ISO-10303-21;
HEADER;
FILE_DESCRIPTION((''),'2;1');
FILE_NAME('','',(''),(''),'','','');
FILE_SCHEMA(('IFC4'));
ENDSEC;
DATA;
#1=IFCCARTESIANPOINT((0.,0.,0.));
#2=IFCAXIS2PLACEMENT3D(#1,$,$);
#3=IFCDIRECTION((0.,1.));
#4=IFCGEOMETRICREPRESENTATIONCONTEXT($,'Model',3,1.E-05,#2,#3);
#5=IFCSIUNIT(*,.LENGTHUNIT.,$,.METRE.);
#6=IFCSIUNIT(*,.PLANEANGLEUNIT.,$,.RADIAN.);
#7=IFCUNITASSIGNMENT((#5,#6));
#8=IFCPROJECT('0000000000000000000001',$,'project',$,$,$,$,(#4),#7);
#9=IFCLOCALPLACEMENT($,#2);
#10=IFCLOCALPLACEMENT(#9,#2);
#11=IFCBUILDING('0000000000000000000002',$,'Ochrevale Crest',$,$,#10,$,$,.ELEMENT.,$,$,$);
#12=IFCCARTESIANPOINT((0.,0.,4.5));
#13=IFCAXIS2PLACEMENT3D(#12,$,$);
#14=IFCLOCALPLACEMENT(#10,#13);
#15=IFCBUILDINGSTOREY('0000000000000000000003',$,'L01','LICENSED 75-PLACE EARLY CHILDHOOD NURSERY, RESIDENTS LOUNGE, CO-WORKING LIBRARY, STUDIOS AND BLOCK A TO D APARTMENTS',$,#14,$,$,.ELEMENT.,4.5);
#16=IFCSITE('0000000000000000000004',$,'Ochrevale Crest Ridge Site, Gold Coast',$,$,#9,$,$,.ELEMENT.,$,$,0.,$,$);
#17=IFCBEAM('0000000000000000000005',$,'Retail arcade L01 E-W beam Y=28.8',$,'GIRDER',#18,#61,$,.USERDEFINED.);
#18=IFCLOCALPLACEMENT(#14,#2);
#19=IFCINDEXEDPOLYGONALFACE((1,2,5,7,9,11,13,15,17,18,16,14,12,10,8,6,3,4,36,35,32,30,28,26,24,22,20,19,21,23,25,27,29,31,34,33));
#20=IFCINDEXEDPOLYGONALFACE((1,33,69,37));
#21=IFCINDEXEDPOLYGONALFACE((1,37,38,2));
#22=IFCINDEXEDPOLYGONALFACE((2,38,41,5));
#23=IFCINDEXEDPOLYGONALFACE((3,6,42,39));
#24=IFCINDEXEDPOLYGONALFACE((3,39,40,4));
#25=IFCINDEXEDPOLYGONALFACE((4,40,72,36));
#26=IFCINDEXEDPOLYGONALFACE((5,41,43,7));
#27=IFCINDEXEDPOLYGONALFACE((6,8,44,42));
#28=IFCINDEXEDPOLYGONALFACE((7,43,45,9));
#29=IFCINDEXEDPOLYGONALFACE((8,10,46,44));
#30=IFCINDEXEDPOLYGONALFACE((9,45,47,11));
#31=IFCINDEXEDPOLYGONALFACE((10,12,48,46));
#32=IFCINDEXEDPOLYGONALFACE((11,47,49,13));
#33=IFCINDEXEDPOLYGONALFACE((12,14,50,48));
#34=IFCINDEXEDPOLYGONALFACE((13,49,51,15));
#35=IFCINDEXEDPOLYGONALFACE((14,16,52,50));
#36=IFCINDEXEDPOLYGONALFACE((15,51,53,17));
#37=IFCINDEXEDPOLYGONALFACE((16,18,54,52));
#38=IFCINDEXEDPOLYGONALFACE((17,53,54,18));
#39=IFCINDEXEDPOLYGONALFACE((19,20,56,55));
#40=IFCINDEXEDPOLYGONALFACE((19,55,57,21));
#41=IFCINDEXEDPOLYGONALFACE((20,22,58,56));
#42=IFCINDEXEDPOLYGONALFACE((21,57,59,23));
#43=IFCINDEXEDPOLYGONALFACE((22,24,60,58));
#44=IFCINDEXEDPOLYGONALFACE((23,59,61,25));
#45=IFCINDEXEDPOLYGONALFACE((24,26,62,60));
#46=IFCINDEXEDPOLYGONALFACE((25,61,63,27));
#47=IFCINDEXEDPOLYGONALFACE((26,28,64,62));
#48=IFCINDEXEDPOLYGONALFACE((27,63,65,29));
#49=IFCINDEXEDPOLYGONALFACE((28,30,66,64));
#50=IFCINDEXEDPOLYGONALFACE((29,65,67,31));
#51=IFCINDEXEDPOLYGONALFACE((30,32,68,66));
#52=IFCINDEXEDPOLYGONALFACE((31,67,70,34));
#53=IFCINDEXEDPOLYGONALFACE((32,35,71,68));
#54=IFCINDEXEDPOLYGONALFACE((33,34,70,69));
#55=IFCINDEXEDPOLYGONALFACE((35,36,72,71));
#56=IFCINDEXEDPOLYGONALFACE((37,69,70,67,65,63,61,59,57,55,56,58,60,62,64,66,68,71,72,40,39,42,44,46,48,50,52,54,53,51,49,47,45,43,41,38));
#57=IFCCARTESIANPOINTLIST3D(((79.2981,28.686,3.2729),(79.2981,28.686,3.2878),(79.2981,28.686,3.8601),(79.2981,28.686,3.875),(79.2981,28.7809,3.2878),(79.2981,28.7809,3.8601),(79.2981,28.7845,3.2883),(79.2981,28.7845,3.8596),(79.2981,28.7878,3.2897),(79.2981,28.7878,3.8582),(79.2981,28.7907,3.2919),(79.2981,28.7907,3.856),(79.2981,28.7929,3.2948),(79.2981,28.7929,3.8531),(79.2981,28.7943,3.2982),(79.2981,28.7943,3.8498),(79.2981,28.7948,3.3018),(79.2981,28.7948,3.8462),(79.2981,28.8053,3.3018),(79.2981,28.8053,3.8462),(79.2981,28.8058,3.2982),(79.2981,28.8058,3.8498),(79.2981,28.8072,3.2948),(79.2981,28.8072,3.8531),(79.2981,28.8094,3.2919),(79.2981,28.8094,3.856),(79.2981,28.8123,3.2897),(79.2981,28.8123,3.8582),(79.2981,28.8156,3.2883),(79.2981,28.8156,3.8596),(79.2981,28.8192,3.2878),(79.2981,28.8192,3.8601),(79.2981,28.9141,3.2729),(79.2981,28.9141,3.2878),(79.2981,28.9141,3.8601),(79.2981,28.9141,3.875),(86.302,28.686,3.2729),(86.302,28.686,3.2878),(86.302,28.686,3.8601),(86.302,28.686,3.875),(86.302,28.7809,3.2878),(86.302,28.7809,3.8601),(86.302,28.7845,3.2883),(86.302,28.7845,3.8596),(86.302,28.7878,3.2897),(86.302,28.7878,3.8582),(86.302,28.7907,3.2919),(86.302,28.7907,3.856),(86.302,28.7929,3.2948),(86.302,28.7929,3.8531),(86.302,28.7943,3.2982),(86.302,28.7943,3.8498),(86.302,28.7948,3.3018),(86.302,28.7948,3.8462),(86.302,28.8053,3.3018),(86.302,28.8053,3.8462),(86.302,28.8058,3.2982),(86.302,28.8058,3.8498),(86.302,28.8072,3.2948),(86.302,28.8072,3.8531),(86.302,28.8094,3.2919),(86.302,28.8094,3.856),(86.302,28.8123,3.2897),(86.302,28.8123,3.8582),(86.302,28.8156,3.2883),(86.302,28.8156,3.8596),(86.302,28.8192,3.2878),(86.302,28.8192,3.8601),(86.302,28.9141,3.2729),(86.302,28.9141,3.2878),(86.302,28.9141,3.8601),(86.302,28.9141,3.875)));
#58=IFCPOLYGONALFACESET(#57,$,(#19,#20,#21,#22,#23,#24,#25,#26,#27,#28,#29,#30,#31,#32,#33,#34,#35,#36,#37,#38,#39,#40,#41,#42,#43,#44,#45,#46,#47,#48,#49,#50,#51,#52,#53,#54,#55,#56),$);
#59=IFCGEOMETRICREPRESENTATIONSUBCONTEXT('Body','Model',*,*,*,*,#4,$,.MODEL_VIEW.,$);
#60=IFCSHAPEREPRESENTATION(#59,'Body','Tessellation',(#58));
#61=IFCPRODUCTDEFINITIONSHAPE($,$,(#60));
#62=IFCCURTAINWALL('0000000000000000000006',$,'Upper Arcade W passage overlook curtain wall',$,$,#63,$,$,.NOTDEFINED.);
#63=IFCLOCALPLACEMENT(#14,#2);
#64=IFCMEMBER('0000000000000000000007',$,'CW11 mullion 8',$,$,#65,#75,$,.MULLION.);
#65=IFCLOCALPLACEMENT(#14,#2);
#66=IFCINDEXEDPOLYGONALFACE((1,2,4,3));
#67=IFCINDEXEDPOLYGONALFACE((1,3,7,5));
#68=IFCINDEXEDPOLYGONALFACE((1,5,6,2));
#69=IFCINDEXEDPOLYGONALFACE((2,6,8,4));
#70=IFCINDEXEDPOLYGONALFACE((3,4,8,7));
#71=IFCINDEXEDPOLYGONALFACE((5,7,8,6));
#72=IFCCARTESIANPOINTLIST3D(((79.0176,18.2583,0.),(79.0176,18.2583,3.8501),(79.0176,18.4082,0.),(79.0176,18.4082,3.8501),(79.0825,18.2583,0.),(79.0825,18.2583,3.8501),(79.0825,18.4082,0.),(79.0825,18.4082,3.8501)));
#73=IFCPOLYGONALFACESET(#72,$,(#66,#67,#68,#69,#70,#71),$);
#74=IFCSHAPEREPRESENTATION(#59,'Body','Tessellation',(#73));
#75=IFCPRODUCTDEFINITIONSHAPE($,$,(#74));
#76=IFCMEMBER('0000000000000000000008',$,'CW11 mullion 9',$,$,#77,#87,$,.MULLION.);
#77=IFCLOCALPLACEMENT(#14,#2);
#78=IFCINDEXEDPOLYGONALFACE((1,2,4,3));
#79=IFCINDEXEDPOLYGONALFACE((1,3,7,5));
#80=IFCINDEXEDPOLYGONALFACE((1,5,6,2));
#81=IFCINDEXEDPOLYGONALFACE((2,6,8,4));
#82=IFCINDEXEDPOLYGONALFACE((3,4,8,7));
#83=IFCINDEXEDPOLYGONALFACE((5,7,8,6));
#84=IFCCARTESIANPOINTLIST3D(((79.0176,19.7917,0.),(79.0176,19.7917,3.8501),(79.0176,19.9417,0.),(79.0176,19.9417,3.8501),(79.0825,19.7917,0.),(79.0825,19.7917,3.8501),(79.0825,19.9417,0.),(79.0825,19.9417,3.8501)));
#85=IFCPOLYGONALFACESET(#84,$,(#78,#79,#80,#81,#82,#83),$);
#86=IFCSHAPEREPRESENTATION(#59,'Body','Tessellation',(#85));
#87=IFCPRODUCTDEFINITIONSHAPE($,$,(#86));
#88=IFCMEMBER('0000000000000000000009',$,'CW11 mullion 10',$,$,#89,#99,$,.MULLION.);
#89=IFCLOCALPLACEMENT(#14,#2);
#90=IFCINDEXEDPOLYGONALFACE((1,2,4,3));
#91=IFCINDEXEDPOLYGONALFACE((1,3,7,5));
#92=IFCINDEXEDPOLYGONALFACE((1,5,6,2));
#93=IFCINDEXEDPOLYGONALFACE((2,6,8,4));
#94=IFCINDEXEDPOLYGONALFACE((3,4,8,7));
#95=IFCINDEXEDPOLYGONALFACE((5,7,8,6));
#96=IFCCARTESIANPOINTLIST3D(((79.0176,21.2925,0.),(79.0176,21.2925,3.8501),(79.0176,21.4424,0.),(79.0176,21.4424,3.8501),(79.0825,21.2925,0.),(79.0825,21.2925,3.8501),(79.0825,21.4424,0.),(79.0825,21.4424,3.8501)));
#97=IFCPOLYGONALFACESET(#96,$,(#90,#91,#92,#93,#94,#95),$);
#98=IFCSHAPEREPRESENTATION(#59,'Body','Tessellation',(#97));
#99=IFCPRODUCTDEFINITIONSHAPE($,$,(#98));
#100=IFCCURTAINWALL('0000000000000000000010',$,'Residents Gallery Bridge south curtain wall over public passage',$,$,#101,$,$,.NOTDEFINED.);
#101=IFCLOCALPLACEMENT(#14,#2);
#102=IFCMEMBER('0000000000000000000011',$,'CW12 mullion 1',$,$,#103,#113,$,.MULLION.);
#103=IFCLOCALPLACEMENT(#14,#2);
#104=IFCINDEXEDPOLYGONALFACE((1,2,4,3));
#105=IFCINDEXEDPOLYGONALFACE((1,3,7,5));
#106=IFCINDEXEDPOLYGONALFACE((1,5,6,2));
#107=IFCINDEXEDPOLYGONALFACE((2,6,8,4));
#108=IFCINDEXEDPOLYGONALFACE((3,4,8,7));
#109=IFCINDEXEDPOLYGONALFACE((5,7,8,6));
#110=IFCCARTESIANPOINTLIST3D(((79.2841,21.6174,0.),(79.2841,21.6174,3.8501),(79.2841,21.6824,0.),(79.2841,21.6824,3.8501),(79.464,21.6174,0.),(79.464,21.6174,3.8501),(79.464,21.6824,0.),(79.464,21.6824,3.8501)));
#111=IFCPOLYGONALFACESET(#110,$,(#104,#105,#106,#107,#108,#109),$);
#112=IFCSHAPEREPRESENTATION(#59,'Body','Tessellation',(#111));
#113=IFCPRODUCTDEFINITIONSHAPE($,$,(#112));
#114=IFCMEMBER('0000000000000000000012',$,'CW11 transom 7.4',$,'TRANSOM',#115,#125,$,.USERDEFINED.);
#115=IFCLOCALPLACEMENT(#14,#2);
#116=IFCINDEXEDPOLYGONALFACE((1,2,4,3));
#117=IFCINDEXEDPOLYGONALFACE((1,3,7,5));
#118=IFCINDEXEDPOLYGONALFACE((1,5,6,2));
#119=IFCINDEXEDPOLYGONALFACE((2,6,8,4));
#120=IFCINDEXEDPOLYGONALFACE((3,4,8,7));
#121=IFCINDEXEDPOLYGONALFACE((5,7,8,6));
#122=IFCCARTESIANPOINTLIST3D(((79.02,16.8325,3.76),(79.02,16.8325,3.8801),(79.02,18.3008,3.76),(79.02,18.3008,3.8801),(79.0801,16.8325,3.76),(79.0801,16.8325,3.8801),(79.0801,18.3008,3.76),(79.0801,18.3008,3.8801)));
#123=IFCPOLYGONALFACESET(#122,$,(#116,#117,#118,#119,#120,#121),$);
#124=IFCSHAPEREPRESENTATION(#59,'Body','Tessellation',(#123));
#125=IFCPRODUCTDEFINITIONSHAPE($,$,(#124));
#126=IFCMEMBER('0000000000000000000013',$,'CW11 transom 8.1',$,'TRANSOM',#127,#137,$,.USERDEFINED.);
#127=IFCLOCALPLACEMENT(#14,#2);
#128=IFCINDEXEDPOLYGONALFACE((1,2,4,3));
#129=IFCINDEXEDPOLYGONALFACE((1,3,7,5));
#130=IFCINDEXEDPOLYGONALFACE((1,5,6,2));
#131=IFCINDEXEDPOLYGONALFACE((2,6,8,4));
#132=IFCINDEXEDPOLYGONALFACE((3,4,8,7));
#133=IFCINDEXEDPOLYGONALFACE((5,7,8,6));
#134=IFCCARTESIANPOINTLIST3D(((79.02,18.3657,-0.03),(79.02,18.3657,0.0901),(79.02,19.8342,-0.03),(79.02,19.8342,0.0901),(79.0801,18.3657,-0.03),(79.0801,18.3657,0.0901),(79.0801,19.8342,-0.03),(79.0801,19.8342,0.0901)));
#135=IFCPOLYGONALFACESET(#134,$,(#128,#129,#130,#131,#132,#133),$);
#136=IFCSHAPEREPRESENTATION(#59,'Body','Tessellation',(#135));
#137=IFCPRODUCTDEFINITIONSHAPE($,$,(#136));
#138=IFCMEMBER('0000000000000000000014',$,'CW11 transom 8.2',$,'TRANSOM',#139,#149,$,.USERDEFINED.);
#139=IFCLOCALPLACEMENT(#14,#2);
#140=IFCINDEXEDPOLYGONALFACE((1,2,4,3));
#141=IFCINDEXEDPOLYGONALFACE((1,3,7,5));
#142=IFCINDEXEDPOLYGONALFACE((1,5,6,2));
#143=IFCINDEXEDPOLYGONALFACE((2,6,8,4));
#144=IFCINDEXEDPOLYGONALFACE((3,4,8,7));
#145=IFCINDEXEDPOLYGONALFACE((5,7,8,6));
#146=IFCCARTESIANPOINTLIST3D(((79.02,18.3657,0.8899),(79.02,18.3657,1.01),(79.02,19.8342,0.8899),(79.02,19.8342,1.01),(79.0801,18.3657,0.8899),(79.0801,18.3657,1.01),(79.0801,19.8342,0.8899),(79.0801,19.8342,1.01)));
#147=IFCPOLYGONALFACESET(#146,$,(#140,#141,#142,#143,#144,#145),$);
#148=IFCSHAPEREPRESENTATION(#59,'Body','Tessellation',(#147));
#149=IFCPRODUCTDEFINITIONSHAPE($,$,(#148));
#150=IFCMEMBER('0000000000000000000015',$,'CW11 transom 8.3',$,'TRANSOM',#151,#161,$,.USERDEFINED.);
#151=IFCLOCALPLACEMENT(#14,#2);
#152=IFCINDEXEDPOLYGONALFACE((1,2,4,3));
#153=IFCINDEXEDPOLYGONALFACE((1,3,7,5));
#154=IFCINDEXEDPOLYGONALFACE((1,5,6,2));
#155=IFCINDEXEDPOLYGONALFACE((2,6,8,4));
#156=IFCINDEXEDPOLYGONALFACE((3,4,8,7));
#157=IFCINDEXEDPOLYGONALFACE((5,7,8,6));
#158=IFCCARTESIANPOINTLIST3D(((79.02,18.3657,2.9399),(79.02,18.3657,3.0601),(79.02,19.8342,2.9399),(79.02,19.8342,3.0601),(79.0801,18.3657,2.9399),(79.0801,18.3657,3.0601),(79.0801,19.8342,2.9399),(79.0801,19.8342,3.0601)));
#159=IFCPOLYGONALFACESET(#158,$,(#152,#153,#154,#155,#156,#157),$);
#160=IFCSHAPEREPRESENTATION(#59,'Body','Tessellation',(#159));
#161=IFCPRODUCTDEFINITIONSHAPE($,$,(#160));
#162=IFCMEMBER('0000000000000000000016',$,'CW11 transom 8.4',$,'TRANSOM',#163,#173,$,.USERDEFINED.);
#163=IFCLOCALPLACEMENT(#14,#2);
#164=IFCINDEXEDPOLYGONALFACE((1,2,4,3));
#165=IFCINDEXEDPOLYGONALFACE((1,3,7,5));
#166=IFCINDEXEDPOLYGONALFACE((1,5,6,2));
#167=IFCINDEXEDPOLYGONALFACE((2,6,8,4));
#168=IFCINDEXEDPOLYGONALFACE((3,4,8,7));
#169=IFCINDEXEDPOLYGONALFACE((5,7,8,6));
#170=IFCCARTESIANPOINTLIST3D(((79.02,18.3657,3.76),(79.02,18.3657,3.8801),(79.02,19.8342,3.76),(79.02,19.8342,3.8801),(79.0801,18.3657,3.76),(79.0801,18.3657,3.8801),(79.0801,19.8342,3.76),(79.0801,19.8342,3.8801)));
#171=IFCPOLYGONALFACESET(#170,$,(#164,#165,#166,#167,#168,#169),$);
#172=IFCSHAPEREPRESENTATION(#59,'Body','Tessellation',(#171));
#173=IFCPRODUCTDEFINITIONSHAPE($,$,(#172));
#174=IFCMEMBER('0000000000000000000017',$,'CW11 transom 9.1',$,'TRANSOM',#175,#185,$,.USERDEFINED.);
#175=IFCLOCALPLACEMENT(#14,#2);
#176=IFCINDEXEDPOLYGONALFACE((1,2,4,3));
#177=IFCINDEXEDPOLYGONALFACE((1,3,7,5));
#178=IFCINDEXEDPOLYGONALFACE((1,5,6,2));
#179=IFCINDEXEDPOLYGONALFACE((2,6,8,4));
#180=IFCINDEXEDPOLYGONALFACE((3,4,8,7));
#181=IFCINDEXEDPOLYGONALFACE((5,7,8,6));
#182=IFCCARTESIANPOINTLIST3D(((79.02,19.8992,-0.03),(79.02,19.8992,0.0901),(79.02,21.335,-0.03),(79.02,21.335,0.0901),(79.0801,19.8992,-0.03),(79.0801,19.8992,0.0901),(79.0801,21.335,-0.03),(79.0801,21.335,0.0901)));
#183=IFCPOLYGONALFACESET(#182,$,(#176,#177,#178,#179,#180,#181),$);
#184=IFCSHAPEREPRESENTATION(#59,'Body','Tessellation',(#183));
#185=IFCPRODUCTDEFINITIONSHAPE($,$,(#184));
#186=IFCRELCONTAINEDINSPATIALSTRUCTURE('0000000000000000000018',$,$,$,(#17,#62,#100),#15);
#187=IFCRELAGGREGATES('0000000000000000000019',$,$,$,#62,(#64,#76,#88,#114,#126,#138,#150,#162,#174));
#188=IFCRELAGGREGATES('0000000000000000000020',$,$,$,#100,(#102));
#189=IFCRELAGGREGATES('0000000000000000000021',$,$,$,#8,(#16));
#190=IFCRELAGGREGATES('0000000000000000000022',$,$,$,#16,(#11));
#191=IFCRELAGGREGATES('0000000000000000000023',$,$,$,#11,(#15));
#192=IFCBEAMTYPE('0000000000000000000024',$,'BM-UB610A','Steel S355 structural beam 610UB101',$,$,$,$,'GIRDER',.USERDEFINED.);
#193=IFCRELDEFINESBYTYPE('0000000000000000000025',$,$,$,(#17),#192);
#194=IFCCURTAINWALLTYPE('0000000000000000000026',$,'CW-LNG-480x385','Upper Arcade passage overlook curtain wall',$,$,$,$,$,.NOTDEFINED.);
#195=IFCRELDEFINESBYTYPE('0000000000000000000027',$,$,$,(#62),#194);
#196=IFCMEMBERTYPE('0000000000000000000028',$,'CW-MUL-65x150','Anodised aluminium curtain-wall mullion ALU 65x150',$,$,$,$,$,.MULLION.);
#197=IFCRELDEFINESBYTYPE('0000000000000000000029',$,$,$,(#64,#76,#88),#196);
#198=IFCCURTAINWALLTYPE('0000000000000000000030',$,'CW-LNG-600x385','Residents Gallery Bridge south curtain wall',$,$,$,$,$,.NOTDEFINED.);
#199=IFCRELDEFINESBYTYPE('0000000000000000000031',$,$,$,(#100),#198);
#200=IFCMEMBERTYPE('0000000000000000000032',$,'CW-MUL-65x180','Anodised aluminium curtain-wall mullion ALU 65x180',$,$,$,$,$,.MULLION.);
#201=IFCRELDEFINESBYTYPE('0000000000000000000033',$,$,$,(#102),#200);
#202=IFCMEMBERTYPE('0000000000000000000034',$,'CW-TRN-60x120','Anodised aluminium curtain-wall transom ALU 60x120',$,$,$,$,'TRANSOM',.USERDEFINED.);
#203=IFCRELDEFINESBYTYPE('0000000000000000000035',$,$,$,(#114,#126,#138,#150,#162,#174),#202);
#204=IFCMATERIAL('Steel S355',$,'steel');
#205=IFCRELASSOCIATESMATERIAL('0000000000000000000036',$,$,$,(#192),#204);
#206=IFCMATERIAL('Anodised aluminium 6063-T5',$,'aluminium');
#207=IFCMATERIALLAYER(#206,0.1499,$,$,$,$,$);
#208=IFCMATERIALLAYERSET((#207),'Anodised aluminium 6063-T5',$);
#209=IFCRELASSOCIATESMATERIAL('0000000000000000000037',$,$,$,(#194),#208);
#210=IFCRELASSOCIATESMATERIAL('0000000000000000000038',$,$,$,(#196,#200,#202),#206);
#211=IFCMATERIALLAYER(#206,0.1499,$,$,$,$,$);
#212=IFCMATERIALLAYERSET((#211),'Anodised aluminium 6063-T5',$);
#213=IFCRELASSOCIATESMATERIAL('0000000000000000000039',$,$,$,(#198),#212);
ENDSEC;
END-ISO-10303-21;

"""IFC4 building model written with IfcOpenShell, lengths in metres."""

from ifc_helpers import new_model, si_unit, direction, frame, origin, origin_2d, place, context, subcontext, project, spatial, rectangle, i_section, extrude, material, layer, layer_set, material_profile, profile_set, type_object, element, aggregate, save


model = new_model("IFC4")

# Units and contexts
model_context = context("Model", 3, precision=1e-05, world=origin(), true_north=direction((0.0, 1.0)))
body_context = subcontext(model_context, "Body", "Model", "MODEL_VIEW")
ifc_project = project(units=[si_unit("LENGTHUNIT", "METRE"), si_unit("PLANEANGLEUNIT", "RADIAN")], contexts=[model_context])

# Site, building, storey
site_placement = place(None, origin())
site = spatial("IfcSite", under=ifc_project, at=site_placement, Name="Ochrevale Crest Ridge Site, Gold Coast", CompositionType="ELEMENT", RefElevation=0.0)
building_placement = place(site_placement, origin())
building = spatial("IfcBuilding", under=site, at=building_placement, Name="Ochrevale Crest", CompositionType="ELEMENT")
storey_placement = place(building_placement, frame((0.0, 0.0, 4.5)))
storey = spatial("IfcBuildingStorey", under=building, at=storey_placement, Name="L01", Description="LICENSED 75-PLACE EARLY CHILDHOOD NURSERY, RESIDENTS LOUNGE, CO-WORKING LIBRARY, STUDIOS AND BLOCK A TO D APARTMENTS", CompositionType="ELEMENT", Elevation=4.5)

# Shared definitions
ifc_material_1 = material(Name="Steel S355", Category="steel")

# Beam
ifc_material_profile_1 = material_profile(ifc_material_1, i_section(OverallWidth=0.228, OverallDepth=0.6021, WebThickness=0.0105, FlangeThickness=0.0149, FilletRadius=0.0139, at=origin_2d()), Name="610UB101")
ifc_profile_set_1 = profile_set([ifc_material_profile_1], Name="Steel S355")
beam_type_1 = type_object("IfcBeamType", Name="BM-UB610A", Description="Steel S355 structural beam 610UB101", ElementType="GIRDER", PredefinedType="USERDEFINED", material=ifc_profile_set_1)
for number, where, z_axis, x_axis, name in (
    (1, (79.2981, 28.8, 3.574), (1.0, 0.0, 0.0), (0.0, 1.0, 0.0), "Retail arcade L01 E-W beam Y=28.8"),
):
    element("IfcBeam", number, at=place(storey_placement, frame(where, z_axis=z_axis, x_axis=x_axis)), inside=storey, type_object=beam_type_1, Name=name, ObjectType="GIRDER", PredefinedType="USERDEFINED", context=body_context, shape_type="SweptSolid", body=[
        extrude(i_section(OverallWidth=0.228, OverallDepth=0.6021, WebThickness=0.0105, FlangeThickness=0.0149, FilletRadius=0.0139, at=origin_2d()), origin(), (0.0, 0.0, 1.0), 7.0039),
    ])

# Curtain wall, members
ifc_material_2 = material(Name="Anodised aluminium 6063-T5", Category="aluminium")
ifc_layer_1 = layer(ifc_material_2, 0.1499)
ifc_layer_set_1 = layer_set([ifc_layer_1], Name="Anodised aluminium 6063-T5")
curtain_wall_type_1 = type_object("IfcCurtainWallType", Name="CW-LNG-480x385", Description="Upper Arcade passage overlook curtain wall", PredefinedType="NOTDEFINED", material=ifc_layer_set_1)
curtain_wall_1_placement = place(storey_placement, origin())
curtain_wall_1 = element("IfcCurtainWall", 2, at=curtain_wall_1_placement, inside=storey, type_object=curtain_wall_type_1, Name="Upper Arcade W passage overlook curtain wall", PredefinedType="NOTDEFINED")
ifc_material_profile_2 = material_profile(ifc_material_2, rectangle(XDim=0.0649, YDim=0.1499, at=origin_2d()), Name="ALU 65x150")
ifc_profile_set_2 = profile_set([ifc_material_profile_2], Name="Anodised aluminium 6063-T5")
member_type_1 = type_object("IfcMemberType", Name="CW-MUL-65x150", Description="Anodised aluminium curtain-wall mullion ALU 65x150", PredefinedType="MULLION", material=ifc_profile_set_2)
member_1_placement = place(storey_placement, frame((79.05, 18.3333, 0.0), z_axis=(0.0, 0.0, 1.0), x_axis=(-1.0, 0.0, 0.0)))
member_1 = element("IfcMember", 3, at=member_1_placement, type_object=member_type_1, Name="CW11 mullion 8", PredefinedType="MULLION", context=body_context, shape_type="SweptSolid", body=[
    extrude(rectangle(XDim=0.0649, YDim=0.1499, at=origin_2d()), origin(), (0.0, 0.0, 1.0), 3.8501),
])
member_2_placement = place(storey_placement, frame((79.05, 19.8667, 0.0), z_axis=(0.0, 0.0, 1.0), x_axis=(-1.0, 0.0, 0.0)))
member_2 = element("IfcMember", 4, at=member_2_placement, type_object=member_type_1, Name="CW11 mullion 9", PredefinedType="MULLION", context=body_context, shape_type="SweptSolid", body=[
    extrude(rectangle(XDim=0.0649, YDim=0.1499, at=origin_2d()), origin(), (0.0, 0.0, 1.0), 3.8501),
])
member_3_placement = place(storey_placement, frame((79.05, 21.3674, 0.0), z_axis=(0.0, 0.0, 1.0), x_axis=(-1.0, 0.0, 0.0)))
member_3 = element("IfcMember", 5, at=member_3_placement, type_object=member_type_1, Name="CW11 mullion 10", PredefinedType="MULLION", context=body_context, shape_type="SweptSolid", body=[
    extrude(rectangle(XDim=0.0649, YDim=0.1499, at=origin_2d()), origin(), (0.0, 0.0, 1.0), 3.8501),
])

# Curtain wall, member
ifc_layer_2 = layer(ifc_material_2, 0.1499)
ifc_layer_set_2 = layer_set([ifc_layer_2], Name="Anodised aluminium 6063-T5")
curtain_wall_type_2 = type_object("IfcCurtainWallType", Name="CW-LNG-600x385", Description="Residents Gallery Bridge south curtain wall", PredefinedType="NOTDEFINED", material=ifc_layer_set_2)
curtain_wall_2_placement = place(storey_placement, origin())
curtain_wall_2 = element("IfcCurtainWall", 6, at=curtain_wall_2_placement, inside=storey, type_object=curtain_wall_type_2, Name="Residents Gallery Bridge south curtain wall over public passage", PredefinedType="NOTDEFINED")
ifc_material_profile_3 = material_profile(ifc_material_2, rectangle(XDim=0.0649, YDim=0.1799, at=origin_2d()), Name="ALU 65x180")
ifc_profile_set_3 = profile_set([ifc_material_profile_3], Name="Anodised aluminium 6063-T5")
member_type_2 = type_object("IfcMemberType", Name="CW-MUL-65x180", Description="Anodised aluminium curtain-wall mullion ALU 65x180", PredefinedType="MULLION", material=ifc_profile_set_3)
member_4_placement = place(storey_placement, frame((79.374, 21.6499, 0.0), z_axis=(0.0, 0.0, 1.0), x_axis=(0.0, 1.0, 0.0)))
member_4 = element("IfcMember", 7, at=member_4_placement, type_object=member_type_2, Name="CW12 mullion 1", PredefinedType="MULLION", context=body_context, shape_type="SweptSolid", body=[
    extrude(rectangle(XDim=0.0649, YDim=0.1799, at=origin_2d()), origin(), (0.0, 0.0, 1.0), 3.8501),
])

# Members
ifc_material_profile_4 = material_profile(ifc_material_2, rectangle(XDim=0.0601, YDim=0.1201, at=origin_2d()), Name="ALU 60x120")
ifc_profile_set_4 = profile_set([ifc_material_profile_4], Name="Anodised aluminium 6063-T5")
member_type_3 = type_object("IfcMemberType", Name="CW-TRN-60x120", Description="Anodised aluminium curtain-wall transom ALU 60x120", ElementType="TRANSOM", PredefinedType="USERDEFINED", material=ifc_profile_set_4)
member_5_placement = place(storey_placement, frame((79.05, 16.8325, 3.8201), z_axis=(0.0, 1.0, 0.0), x_axis=(-1.0, 0.0, 0.0)))
member_5 = element("IfcMember", 8, at=member_5_placement, type_object=member_type_3, Name="CW11 transom 7.4", ObjectType="TRANSOM", PredefinedType="USERDEFINED", context=body_context, shape_type="SweptSolid", body=[
    extrude(rectangle(XDim=0.0601, YDim=0.1201, at=origin_2d()), origin(), (0.0, 0.0, 1.0), 1.4683),
])
member_6_placement = place(storey_placement, frame((79.05, 18.3657, 0.03), z_axis=(0.0, 1.0, 0.0), x_axis=(-1.0, 0.0, 0.0)))
member_6 = element("IfcMember", 9, at=member_6_placement, type_object=member_type_3, Name="CW11 transom 8.1", ObjectType="TRANSOM", PredefinedType="USERDEFINED", context=body_context, shape_type="SweptSolid", body=[
    extrude(rectangle(XDim=0.0601, YDim=0.1201, at=origin_2d()), origin(), (0.0, 0.0, 1.0), 1.4685),
])
member_7_placement = place(storey_placement, frame((79.05, 18.3657, 0.95), z_axis=(0.0, 1.0, 0.0), x_axis=(-1.0, 0.0, 0.0)))
member_7 = element("IfcMember", 10, at=member_7_placement, type_object=member_type_3, Name="CW11 transom 8.2", ObjectType="TRANSOM", PredefinedType="USERDEFINED", context=body_context, shape_type="SweptSolid", body=[
    extrude(rectangle(XDim=0.0601, YDim=0.1201, at=origin_2d()), origin(), (0.0, 0.0, 1.0), 1.4685),
])
member_8_placement = place(storey_placement, frame((79.05, 18.3657, 3.0), z_axis=(0.0, 1.0, 0.0), x_axis=(-1.0, 0.0, 0.0)))
member_8 = element("IfcMember", 11, at=member_8_placement, type_object=member_type_3, Name="CW11 transom 8.3", ObjectType="TRANSOM", PredefinedType="USERDEFINED", context=body_context, shape_type="SweptSolid", body=[
    extrude(rectangle(XDim=0.0601, YDim=0.1201, at=origin_2d()), origin(), (0.0, 0.0, 1.0), 1.4685),
])
member_9_placement = place(storey_placement, frame((79.05, 18.3657, 3.8201), z_axis=(0.0, 1.0, 0.0), x_axis=(-1.0, 0.0, 0.0)))
member_9 = element("IfcMember", 12, at=member_9_placement, type_object=member_type_3, Name="CW11 transom 8.4", ObjectType="TRANSOM", PredefinedType="USERDEFINED", context=body_context, shape_type="SweptSolid", body=[
    extrude(rectangle(XDim=0.0601, YDim=0.1201, at=origin_2d()), origin(), (0.0, 0.0, 1.0), 1.4685),
])
member_10_placement = place(storey_placement, frame((79.05, 19.8992, 0.03), z_axis=(0.0, 1.0, 0.0), x_axis=(-1.0, 0.0, 0.0)))
member_10 = element("IfcMember", 13, at=member_10_placement, type_object=member_type_3, Name="CW11 transom 9.1", ObjectType="TRANSOM", PredefinedType="USERDEFINED", context=body_context, shape_type="SweptSolid", body=[
    extrude(rectangle(XDim=0.0601, YDim=0.1201, at=origin_2d()), origin(), (0.0, 0.0, 1.0), 1.4358),
])

aggregate(curtain_wall_1, [member_1, member_2, member_3, member_5, member_6, member_7, member_8, member_9, member_10])
aggregate(curtain_wall_2, [member_4])

save(model, "model.ifc")
